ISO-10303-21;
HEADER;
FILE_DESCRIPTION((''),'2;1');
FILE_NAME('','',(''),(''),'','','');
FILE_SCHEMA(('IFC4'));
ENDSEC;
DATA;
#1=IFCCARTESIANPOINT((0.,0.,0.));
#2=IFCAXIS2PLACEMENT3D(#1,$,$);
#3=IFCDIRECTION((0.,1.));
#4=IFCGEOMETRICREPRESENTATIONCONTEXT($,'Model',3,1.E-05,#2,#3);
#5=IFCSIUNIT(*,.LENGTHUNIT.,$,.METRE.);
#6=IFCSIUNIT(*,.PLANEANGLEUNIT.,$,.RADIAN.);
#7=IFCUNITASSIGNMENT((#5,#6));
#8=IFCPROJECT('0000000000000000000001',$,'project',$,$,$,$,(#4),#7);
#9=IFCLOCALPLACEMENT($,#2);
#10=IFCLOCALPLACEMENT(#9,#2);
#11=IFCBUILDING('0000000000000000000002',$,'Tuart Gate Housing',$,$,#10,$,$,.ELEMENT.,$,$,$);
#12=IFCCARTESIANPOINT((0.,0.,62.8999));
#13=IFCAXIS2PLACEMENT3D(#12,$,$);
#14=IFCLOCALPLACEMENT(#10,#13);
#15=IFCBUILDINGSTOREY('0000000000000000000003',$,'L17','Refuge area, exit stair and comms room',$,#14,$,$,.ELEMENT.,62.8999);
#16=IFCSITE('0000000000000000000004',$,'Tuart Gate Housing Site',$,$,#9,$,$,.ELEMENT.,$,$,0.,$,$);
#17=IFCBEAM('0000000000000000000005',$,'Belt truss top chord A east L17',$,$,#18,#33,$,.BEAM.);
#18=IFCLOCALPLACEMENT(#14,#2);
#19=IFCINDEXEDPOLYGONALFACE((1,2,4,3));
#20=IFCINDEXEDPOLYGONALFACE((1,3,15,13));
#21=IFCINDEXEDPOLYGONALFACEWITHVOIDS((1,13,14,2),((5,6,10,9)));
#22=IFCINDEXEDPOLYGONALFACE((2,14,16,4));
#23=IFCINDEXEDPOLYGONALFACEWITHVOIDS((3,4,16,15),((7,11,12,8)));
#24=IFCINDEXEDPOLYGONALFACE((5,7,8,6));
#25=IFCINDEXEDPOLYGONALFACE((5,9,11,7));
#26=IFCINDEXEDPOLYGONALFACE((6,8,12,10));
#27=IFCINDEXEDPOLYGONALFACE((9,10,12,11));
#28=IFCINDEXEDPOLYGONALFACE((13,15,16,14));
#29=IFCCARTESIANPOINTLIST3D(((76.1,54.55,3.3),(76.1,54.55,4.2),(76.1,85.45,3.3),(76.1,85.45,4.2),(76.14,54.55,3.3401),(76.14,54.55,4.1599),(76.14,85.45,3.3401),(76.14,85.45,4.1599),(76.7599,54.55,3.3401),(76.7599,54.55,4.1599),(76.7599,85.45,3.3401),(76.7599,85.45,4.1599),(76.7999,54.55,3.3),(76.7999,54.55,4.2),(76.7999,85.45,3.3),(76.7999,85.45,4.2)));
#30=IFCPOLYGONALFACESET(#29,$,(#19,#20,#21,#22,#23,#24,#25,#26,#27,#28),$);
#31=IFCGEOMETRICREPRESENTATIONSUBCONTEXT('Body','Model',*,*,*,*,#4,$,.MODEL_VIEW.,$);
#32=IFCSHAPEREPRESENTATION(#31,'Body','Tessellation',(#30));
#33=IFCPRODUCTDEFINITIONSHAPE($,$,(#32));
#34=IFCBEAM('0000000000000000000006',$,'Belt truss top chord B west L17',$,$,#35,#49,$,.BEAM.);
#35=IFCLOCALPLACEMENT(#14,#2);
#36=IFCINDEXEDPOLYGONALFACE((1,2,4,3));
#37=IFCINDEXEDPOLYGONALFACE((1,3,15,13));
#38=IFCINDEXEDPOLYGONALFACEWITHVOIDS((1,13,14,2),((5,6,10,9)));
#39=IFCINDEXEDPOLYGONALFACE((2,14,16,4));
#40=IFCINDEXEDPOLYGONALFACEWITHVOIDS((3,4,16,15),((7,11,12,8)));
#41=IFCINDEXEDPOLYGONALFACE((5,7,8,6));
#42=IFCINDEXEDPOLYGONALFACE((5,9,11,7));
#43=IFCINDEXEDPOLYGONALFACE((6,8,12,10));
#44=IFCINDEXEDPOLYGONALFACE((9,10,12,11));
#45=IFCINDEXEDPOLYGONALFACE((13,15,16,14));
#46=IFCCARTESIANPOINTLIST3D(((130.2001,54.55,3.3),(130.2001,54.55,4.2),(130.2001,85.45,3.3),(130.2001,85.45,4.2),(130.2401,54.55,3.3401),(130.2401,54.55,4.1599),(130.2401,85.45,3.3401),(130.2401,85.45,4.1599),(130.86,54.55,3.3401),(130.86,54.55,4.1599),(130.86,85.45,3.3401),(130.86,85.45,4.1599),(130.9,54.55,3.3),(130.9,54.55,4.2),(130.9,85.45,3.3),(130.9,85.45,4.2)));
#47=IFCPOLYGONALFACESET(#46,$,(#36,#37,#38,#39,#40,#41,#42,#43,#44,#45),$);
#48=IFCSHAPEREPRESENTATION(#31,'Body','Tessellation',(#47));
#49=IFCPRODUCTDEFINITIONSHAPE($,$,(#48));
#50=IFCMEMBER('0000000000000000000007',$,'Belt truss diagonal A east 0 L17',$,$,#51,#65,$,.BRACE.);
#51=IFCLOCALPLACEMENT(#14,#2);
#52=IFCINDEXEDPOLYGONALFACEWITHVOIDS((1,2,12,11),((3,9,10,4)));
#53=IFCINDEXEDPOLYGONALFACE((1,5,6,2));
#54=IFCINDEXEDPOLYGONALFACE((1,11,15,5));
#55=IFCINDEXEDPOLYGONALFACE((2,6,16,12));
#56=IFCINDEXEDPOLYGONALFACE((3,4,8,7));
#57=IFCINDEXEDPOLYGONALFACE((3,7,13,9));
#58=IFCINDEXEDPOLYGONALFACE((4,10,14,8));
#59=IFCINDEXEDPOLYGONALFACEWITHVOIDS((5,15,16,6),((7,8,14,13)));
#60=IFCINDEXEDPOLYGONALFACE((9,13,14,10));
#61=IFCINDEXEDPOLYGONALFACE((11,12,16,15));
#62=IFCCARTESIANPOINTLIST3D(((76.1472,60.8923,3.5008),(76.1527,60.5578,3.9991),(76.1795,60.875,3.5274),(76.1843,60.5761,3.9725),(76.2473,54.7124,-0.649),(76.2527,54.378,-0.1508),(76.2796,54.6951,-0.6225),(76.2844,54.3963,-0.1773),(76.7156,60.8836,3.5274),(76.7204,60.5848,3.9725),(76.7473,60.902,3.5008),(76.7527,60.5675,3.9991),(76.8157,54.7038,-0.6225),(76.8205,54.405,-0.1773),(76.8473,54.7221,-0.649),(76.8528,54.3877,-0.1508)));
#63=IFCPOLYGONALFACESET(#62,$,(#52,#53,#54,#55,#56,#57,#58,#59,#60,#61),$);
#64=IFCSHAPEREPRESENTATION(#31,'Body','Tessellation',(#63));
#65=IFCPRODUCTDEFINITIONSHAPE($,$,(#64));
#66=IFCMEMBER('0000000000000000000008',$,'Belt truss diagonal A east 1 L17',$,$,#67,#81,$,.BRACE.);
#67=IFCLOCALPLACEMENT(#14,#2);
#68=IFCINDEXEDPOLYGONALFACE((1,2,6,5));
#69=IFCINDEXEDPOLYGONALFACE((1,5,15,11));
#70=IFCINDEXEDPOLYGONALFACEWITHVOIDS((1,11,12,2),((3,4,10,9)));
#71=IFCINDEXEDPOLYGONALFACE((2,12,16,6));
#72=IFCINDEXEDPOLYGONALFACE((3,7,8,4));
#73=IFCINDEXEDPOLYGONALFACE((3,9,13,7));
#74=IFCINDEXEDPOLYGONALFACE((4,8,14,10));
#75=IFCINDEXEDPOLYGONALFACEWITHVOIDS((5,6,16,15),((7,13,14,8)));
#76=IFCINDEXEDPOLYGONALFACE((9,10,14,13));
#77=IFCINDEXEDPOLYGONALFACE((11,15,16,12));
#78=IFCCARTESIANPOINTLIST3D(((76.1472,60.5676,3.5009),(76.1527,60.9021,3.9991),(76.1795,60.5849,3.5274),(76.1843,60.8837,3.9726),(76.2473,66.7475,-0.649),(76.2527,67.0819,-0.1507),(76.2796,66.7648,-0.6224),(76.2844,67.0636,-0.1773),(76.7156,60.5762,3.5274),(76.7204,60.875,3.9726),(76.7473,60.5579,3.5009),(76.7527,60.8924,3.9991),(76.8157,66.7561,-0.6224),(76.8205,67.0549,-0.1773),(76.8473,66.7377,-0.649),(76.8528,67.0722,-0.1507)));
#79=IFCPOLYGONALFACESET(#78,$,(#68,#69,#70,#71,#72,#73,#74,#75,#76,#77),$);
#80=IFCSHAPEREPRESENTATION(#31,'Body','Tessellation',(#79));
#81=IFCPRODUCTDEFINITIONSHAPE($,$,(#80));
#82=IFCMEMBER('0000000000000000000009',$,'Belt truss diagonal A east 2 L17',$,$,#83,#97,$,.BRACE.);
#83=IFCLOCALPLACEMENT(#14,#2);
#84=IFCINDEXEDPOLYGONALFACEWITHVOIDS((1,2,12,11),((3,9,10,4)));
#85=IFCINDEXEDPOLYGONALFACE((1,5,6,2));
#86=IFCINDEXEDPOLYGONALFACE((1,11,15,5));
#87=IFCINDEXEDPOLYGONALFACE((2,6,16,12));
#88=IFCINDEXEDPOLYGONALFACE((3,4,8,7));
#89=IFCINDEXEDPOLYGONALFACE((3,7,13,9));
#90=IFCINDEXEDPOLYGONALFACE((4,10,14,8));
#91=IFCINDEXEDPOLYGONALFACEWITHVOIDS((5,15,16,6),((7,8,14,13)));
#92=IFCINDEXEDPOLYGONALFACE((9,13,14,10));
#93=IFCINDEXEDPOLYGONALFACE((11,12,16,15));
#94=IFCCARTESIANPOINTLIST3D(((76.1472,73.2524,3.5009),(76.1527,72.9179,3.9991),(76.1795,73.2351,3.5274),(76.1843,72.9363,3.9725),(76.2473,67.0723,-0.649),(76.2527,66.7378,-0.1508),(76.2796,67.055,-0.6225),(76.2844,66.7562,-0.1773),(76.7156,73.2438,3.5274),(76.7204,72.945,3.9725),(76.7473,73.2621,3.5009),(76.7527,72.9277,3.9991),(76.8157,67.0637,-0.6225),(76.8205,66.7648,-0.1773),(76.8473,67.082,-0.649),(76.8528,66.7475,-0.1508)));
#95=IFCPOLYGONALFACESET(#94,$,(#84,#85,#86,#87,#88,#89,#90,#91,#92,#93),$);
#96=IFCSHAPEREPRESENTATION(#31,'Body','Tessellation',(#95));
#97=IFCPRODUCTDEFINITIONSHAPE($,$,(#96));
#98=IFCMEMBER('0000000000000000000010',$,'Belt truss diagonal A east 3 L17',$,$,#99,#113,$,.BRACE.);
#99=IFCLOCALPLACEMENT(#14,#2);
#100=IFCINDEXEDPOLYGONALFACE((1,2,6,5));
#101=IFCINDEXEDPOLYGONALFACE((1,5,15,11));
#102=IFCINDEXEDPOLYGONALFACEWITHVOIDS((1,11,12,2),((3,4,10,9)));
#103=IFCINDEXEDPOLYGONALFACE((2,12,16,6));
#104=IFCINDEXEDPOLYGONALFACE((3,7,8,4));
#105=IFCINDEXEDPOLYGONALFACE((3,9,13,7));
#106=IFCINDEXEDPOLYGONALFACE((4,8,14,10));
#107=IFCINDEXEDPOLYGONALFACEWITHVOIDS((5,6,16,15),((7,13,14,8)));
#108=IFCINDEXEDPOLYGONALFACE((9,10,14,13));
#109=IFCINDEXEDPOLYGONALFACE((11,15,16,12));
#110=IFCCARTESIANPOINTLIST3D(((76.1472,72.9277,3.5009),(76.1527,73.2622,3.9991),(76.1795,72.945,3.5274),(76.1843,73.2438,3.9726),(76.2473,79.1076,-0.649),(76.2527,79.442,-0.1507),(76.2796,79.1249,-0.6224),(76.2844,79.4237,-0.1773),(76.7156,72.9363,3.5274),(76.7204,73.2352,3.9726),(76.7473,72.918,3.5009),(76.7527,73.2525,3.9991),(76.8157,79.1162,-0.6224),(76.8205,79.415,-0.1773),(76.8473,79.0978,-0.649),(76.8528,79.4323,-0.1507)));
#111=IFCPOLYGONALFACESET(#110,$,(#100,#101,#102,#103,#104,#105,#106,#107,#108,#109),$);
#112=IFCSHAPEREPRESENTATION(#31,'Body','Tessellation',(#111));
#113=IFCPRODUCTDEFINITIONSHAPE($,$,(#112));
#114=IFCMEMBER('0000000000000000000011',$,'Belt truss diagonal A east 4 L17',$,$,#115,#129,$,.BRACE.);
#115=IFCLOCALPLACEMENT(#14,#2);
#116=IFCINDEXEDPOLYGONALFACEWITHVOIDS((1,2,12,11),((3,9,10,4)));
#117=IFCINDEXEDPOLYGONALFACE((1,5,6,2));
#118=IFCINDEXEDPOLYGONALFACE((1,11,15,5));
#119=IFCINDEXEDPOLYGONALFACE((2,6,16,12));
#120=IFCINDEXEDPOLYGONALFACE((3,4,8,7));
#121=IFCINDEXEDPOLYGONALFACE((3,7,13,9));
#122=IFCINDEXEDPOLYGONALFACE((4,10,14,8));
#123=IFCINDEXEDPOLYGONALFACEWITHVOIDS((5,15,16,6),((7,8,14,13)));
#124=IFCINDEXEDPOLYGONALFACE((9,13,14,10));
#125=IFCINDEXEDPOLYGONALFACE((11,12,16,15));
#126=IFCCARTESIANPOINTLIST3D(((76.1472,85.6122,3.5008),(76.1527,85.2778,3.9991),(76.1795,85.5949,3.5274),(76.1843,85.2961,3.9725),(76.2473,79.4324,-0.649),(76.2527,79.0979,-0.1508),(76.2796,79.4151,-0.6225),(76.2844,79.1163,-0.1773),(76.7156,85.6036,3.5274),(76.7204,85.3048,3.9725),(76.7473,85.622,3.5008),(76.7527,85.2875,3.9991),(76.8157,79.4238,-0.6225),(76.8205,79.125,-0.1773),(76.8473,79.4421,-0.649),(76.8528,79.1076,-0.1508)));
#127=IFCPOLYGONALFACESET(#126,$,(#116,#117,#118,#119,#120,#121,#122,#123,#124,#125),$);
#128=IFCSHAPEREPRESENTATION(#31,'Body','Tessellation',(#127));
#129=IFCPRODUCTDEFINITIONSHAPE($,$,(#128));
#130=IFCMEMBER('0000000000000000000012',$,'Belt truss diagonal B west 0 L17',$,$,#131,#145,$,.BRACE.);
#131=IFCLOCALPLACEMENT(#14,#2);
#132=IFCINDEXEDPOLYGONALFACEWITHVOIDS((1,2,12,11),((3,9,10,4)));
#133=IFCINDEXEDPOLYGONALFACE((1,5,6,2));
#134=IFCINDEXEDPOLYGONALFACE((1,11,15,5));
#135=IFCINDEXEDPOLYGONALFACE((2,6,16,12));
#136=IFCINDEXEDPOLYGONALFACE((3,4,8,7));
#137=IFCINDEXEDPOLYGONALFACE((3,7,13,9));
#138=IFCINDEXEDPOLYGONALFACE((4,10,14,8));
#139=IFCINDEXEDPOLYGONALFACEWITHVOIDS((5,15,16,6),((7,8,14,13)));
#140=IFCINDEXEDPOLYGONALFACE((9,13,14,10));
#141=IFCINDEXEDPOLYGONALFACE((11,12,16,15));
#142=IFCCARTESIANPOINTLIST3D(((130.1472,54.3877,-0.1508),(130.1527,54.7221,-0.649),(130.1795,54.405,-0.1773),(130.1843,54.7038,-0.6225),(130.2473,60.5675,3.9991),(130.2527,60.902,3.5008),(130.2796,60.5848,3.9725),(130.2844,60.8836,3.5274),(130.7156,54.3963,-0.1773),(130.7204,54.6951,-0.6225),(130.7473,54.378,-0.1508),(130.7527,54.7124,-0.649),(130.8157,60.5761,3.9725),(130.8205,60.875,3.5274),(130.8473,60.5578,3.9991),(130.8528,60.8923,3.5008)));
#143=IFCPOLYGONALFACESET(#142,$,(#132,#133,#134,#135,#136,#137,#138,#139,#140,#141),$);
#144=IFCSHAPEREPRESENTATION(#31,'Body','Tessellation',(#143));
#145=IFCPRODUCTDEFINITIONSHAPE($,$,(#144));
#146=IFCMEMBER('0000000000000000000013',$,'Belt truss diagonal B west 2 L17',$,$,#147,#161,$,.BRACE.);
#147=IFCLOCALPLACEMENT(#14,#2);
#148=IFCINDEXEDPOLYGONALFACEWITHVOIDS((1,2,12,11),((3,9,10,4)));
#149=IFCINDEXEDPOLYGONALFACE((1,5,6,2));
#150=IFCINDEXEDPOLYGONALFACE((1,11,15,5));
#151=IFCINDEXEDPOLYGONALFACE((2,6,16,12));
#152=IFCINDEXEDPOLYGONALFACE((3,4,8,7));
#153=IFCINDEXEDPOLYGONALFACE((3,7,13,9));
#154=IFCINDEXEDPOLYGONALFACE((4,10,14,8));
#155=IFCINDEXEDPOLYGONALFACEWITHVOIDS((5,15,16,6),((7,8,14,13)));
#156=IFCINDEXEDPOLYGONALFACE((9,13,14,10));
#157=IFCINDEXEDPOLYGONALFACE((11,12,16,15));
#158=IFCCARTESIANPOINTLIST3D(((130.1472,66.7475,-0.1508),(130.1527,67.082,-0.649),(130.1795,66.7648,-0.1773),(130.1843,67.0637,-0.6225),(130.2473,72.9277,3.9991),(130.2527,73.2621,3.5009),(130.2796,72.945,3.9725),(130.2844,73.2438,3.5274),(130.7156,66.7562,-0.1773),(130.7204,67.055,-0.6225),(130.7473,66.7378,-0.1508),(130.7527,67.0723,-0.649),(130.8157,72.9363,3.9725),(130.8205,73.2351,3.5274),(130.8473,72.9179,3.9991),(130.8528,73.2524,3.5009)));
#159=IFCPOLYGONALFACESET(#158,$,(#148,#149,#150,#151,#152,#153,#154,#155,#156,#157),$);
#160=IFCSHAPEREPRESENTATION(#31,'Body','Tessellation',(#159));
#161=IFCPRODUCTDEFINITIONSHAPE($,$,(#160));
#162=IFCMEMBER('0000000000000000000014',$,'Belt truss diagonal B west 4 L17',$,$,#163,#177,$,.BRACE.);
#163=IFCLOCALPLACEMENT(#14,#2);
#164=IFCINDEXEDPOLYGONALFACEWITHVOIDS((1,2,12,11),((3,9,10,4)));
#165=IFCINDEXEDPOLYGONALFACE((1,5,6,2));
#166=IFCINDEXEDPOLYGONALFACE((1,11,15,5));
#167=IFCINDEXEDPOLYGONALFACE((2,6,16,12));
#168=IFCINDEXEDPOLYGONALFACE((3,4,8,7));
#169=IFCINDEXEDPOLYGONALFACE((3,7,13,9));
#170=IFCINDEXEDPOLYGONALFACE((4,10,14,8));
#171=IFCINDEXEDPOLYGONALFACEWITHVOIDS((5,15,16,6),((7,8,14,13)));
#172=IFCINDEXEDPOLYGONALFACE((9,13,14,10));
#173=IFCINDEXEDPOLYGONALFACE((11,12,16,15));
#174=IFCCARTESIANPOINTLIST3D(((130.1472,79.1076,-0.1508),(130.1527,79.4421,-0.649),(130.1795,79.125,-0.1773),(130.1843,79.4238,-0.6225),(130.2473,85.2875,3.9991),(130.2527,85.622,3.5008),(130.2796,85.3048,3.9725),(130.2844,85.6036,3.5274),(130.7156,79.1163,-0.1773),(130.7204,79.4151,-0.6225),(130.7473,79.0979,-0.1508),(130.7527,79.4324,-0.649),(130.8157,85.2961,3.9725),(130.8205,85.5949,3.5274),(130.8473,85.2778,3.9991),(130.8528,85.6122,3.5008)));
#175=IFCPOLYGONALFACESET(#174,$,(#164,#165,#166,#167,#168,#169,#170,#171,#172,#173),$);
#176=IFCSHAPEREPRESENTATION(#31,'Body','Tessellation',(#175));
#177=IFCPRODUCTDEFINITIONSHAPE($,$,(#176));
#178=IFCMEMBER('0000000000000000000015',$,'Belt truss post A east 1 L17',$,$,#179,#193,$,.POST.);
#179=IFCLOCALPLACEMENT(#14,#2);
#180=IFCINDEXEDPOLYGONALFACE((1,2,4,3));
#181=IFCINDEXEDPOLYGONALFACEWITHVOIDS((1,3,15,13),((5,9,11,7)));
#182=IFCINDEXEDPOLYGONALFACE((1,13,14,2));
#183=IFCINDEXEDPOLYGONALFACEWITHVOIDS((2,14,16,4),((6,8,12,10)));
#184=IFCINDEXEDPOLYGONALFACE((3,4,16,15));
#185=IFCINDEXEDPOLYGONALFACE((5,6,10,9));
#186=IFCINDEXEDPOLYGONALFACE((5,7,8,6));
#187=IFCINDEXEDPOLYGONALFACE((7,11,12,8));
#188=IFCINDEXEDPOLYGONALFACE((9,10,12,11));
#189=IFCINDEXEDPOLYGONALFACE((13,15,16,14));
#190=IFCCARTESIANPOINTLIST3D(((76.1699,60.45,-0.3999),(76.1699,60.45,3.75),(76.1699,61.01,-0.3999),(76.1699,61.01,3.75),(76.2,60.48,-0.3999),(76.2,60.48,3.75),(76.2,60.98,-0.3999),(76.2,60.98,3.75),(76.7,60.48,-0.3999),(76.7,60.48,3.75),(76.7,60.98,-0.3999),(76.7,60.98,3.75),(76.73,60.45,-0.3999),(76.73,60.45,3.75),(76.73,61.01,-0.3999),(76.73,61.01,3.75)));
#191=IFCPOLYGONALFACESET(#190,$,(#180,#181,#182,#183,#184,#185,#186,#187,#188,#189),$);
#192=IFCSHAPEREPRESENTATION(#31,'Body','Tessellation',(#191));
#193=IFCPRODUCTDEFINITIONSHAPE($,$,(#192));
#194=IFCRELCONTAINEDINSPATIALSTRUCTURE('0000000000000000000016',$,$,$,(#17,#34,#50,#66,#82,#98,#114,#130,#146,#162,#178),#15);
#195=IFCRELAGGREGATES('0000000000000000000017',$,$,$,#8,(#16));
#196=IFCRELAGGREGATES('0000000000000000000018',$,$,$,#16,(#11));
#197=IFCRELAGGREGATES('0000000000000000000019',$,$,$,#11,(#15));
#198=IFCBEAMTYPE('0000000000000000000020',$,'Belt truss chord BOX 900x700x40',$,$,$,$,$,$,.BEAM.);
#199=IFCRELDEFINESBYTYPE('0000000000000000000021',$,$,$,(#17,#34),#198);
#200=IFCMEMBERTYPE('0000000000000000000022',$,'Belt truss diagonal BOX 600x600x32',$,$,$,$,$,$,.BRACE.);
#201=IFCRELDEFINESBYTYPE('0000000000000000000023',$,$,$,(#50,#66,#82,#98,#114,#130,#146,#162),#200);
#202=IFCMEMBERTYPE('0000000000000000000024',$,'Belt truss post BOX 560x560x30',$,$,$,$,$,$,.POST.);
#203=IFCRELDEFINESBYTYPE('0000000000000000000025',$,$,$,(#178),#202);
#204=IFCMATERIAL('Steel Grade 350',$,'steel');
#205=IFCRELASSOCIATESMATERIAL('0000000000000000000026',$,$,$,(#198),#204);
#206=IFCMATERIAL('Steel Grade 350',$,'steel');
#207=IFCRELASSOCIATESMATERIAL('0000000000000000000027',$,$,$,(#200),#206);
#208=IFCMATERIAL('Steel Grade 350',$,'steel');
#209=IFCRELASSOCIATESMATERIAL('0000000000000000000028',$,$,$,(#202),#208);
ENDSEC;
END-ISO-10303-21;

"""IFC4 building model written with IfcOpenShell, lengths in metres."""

from ifc_helpers import new_model, si_unit, direction, frame, origin, origin_2d, place, context, subcontext, project, spatial, hollow_rectangle, extrude, material, material_profile, profile_set, type_object, element, save


model = new_model("IFC4")

# Units and contexts
model_context = context("Model", 3, precision=1e-05, world=origin(), true_north=direction((0.0, 1.0)))
body_context = subcontext(model_context, "Body", "Model", "MODEL_VIEW")
ifc_project = project(units=[si_unit("LENGTHUNIT", "METRE"), si_unit("PLANEANGLEUNIT", "RADIAN")], contexts=[model_context])

# Site, building, storey
site_placement = place(None, origin())
site = spatial("IfcSite", under=ifc_project, at=site_placement, Name="Tuart Gate Housing Site", CompositionType="ELEMENT", RefElevation=0.0)
building_placement = place(site_placement, origin())
building = spatial("IfcBuilding", under=site, at=building_placement, Name="Tuart Gate Housing", CompositionType="ELEMENT")
storey_placement = place(building_placement, frame((0.0, 0.0, 62.8999)))
storey = spatial("IfcBuildingStorey", under=building, at=storey_placement, Name="L17", Description="Refuge area, exit stair and comms room", CompositionType="ELEMENT", Elevation=62.8999)

# Beams
ifc_material_1 = material(Name="Steel Grade 350", Category="steel")
ifc_material_profile_1 = material_profile(ifc_material_1, hollow_rectangle(XDim=0.7, YDim=0.8999, WallThickness=0.04, at=origin_2d()), Name="BOX 900x700x40")
ifc_profile_set_1 = profile_set([ifc_material_profile_1], Name="Steel Grade 350")
beam_type_1 = type_object("IfcBeamType", Name="Belt truss chord BOX 900x700x40", PredefinedType="BEAM", material=ifc_profile_set_1)
for number, where, z_axis, x_axis, name in (
    (1, (76.45, 54.55, 3.75), (0.0, 1.0, 0.0), (-1.0, 0.0, 0.0), "Belt truss top chord A east L17"),
    (2, (130.55, 54.55, 3.75), (0.0, 1.0, 0.0), (-1.0, 0.0, 0.0), "Belt truss top chord B west L17"),
):
    element("IfcBeam", number, at=place(storey_placement, frame(where, z_axis=z_axis, x_axis=x_axis)), inside=storey, type_object=beam_type_1, Name=name, PredefinedType="BEAM", context=body_context, shape_type="SweptSolid", body=[
        extrude(hollow_rectangle(XDim=0.7, YDim=0.8999, WallThickness=0.04, at=origin_2d()), origin(), (0.0, 0.0, 1.0), 30.8999),
    ])

# Members
ifc_material_2 = material(Name="Steel Grade 350", Category="steel")
ifc_material_profile_2 = material_profile(ifc_material_2, hollow_rectangle(XDim=0.6001, YDim=0.6001, WallThickness=0.032, at=origin_2d()), Name="BOX 600x600x32")
ifc_profile_set_2 = profile_set([ifc_material_profile_2], Name="Steel Grade 350")
member_type_1 = type_object("IfcMemberType", Name="Belt truss diagonal BOX 600x600x32", PredefinedType="BRACE", material=ifc_profile_set_2)
for number, where, z_axis, x_axis, name in (
    (3, (76.55, 54.55, -0.3999), (-0.013446, 0.830114, 0.557432), (-0.999869, -0.016195, 0.0), "Belt truss diagonal A east 0 L17"),
    (4, (76.45, 60.73, 3.75), (0.013446, 0.830114, -0.557432), (-0.999869, 0.016195, 0.0), "Belt truss diagonal A east 1 L17"),
):
    element("IfcMember", number, at=place(storey_placement, frame(where, z_axis=z_axis, x_axis=x_axis)), inside=storey, type_object=member_type_1, Name=name, PredefinedType="BRACE", context=body_context, shape_type="SweptSolid", body=[
        extrude(hollow_rectangle(XDim=0.6001, YDim=0.6001, WallThickness=0.032, at=origin_2d()), origin(), (0.0, 0.0, 1.0), 7.4446),
    ])
member_1_placement = place(storey_placement, frame((76.55, 66.9099, -0.3999), z_axis=(-0.013445, 0.830124, 0.557417), x_axis=(-0.999869, -0.016194, 0.0)))
element("IfcMember", 5, at=member_1_placement, inside=storey, type_object=member_type_1, Name="Belt truss diagonal A east 2 L17", PredefinedType="BRACE", context=body_context, shape_type="SweptSolid", body=[
    extrude(hollow_rectangle(XDim=0.6001, YDim=0.6001, WallThickness=0.032, at=origin_2d()), origin(), (0.0, 0.0, 1.0), 7.4448),
])
for number, where, z_axis, x_axis, name in (
    (6, (76.45, 73.0901, 3.75), (0.013446, 0.830114, -0.557432), (-0.999869, 0.016195, 0.0), "Belt truss diagonal A east 3 L17"),
    (7, (76.55, 79.27, -0.3999), (-0.013446, 0.830114, 0.557432), (-0.999869, -0.016195, 0.0), "Belt truss diagonal A east 4 L17"),
    (8, (130.45, 54.55, -0.3999), (0.013446, 0.830114, 0.557432), (-0.999869, 0.016195, 0.0), "Belt truss diagonal B west 0 L17"),
):
    element("IfcMember", number, at=place(storey_placement, frame(where, z_axis=z_axis, x_axis=x_axis)), inside=storey, type_object=member_type_1, Name=name, PredefinedType="BRACE", context=body_context, shape_type="SweptSolid", body=[
        extrude(hollow_rectangle(XDim=0.6001, YDim=0.6001, WallThickness=0.032, at=origin_2d()), origin(), (0.0, 0.0, 1.0), 7.4446),
    ])
member_2_placement = place(storey_placement, frame((130.45, 66.9099, -0.3999), z_axis=(0.013445, 0.830124, 0.557417), x_axis=(-0.999869, 0.016194, 0.0)))
element("IfcMember", 9, at=member_2_placement, inside=storey, type_object=member_type_1, Name="Belt truss diagonal B west 2 L17", PredefinedType="BRACE", context=body_context, shape_type="SweptSolid", body=[
    extrude(hollow_rectangle(XDim=0.6001, YDim=0.6001, WallThickness=0.032, at=origin_2d()), origin(), (0.0, 0.0, 1.0), 7.4448),
])
member_3_placement = place(storey_placement, frame((130.45, 79.27, -0.3999), z_axis=(0.013446, 0.830114, 0.557432), x_axis=(-0.999869, 0.016195, 0.0)))
element("IfcMember", 10, at=member_3_placement, inside=storey, type_object=member_type_1, Name="Belt truss diagonal B west 4 L17", PredefinedType="BRACE", context=body_context, shape_type="SweptSolid", body=[
    extrude(hollow_rectangle(XDim=0.6001, YDim=0.6001, WallThickness=0.032, at=origin_2d()), origin(), (0.0, 0.0, 1.0), 7.4446),
])
ifc_material_3 = material(Name="Steel Grade 350", Category="steel")
ifc_material_profile_3 = material_profile(ifc_material_3, hollow_rectangle(XDim=0.5601, YDim=0.5601, WallThickness=0.03, at=origin_2d()), Name="BOX 560x560x30")
ifc_profile_set_3 = profile_set([ifc_material_profile_3], Name="Steel Grade 350")
member_type_2 = type_object("IfcMemberType", Name="Belt truss post BOX 560x560x30", PredefinedType="POST", material=ifc_profile_set_3)
for number, where, z_axis, x_axis, name in (
    (11, (76.45, 60.73, -0.3999), (0.0, 0.0, 1.0), (1.0, 0.0, 0.0), "Belt truss post A east 1 L17"),
):
    element("IfcMember", number, at=place(storey_placement, frame(where, z_axis=z_axis, x_axis=x_axis)), inside=storey, type_object=member_type_2, Name=name, PredefinedType="POST", context=body_context, shape_type="SweptSolid", body=[
        extrude(hollow_rectangle(XDim=0.5601, YDim=0.5601, WallThickness=0.03, at=origin_2d()), origin(), (0.0, 0.0, 1.0), 4.1499),
    ])

save(model, "model.ifc")
